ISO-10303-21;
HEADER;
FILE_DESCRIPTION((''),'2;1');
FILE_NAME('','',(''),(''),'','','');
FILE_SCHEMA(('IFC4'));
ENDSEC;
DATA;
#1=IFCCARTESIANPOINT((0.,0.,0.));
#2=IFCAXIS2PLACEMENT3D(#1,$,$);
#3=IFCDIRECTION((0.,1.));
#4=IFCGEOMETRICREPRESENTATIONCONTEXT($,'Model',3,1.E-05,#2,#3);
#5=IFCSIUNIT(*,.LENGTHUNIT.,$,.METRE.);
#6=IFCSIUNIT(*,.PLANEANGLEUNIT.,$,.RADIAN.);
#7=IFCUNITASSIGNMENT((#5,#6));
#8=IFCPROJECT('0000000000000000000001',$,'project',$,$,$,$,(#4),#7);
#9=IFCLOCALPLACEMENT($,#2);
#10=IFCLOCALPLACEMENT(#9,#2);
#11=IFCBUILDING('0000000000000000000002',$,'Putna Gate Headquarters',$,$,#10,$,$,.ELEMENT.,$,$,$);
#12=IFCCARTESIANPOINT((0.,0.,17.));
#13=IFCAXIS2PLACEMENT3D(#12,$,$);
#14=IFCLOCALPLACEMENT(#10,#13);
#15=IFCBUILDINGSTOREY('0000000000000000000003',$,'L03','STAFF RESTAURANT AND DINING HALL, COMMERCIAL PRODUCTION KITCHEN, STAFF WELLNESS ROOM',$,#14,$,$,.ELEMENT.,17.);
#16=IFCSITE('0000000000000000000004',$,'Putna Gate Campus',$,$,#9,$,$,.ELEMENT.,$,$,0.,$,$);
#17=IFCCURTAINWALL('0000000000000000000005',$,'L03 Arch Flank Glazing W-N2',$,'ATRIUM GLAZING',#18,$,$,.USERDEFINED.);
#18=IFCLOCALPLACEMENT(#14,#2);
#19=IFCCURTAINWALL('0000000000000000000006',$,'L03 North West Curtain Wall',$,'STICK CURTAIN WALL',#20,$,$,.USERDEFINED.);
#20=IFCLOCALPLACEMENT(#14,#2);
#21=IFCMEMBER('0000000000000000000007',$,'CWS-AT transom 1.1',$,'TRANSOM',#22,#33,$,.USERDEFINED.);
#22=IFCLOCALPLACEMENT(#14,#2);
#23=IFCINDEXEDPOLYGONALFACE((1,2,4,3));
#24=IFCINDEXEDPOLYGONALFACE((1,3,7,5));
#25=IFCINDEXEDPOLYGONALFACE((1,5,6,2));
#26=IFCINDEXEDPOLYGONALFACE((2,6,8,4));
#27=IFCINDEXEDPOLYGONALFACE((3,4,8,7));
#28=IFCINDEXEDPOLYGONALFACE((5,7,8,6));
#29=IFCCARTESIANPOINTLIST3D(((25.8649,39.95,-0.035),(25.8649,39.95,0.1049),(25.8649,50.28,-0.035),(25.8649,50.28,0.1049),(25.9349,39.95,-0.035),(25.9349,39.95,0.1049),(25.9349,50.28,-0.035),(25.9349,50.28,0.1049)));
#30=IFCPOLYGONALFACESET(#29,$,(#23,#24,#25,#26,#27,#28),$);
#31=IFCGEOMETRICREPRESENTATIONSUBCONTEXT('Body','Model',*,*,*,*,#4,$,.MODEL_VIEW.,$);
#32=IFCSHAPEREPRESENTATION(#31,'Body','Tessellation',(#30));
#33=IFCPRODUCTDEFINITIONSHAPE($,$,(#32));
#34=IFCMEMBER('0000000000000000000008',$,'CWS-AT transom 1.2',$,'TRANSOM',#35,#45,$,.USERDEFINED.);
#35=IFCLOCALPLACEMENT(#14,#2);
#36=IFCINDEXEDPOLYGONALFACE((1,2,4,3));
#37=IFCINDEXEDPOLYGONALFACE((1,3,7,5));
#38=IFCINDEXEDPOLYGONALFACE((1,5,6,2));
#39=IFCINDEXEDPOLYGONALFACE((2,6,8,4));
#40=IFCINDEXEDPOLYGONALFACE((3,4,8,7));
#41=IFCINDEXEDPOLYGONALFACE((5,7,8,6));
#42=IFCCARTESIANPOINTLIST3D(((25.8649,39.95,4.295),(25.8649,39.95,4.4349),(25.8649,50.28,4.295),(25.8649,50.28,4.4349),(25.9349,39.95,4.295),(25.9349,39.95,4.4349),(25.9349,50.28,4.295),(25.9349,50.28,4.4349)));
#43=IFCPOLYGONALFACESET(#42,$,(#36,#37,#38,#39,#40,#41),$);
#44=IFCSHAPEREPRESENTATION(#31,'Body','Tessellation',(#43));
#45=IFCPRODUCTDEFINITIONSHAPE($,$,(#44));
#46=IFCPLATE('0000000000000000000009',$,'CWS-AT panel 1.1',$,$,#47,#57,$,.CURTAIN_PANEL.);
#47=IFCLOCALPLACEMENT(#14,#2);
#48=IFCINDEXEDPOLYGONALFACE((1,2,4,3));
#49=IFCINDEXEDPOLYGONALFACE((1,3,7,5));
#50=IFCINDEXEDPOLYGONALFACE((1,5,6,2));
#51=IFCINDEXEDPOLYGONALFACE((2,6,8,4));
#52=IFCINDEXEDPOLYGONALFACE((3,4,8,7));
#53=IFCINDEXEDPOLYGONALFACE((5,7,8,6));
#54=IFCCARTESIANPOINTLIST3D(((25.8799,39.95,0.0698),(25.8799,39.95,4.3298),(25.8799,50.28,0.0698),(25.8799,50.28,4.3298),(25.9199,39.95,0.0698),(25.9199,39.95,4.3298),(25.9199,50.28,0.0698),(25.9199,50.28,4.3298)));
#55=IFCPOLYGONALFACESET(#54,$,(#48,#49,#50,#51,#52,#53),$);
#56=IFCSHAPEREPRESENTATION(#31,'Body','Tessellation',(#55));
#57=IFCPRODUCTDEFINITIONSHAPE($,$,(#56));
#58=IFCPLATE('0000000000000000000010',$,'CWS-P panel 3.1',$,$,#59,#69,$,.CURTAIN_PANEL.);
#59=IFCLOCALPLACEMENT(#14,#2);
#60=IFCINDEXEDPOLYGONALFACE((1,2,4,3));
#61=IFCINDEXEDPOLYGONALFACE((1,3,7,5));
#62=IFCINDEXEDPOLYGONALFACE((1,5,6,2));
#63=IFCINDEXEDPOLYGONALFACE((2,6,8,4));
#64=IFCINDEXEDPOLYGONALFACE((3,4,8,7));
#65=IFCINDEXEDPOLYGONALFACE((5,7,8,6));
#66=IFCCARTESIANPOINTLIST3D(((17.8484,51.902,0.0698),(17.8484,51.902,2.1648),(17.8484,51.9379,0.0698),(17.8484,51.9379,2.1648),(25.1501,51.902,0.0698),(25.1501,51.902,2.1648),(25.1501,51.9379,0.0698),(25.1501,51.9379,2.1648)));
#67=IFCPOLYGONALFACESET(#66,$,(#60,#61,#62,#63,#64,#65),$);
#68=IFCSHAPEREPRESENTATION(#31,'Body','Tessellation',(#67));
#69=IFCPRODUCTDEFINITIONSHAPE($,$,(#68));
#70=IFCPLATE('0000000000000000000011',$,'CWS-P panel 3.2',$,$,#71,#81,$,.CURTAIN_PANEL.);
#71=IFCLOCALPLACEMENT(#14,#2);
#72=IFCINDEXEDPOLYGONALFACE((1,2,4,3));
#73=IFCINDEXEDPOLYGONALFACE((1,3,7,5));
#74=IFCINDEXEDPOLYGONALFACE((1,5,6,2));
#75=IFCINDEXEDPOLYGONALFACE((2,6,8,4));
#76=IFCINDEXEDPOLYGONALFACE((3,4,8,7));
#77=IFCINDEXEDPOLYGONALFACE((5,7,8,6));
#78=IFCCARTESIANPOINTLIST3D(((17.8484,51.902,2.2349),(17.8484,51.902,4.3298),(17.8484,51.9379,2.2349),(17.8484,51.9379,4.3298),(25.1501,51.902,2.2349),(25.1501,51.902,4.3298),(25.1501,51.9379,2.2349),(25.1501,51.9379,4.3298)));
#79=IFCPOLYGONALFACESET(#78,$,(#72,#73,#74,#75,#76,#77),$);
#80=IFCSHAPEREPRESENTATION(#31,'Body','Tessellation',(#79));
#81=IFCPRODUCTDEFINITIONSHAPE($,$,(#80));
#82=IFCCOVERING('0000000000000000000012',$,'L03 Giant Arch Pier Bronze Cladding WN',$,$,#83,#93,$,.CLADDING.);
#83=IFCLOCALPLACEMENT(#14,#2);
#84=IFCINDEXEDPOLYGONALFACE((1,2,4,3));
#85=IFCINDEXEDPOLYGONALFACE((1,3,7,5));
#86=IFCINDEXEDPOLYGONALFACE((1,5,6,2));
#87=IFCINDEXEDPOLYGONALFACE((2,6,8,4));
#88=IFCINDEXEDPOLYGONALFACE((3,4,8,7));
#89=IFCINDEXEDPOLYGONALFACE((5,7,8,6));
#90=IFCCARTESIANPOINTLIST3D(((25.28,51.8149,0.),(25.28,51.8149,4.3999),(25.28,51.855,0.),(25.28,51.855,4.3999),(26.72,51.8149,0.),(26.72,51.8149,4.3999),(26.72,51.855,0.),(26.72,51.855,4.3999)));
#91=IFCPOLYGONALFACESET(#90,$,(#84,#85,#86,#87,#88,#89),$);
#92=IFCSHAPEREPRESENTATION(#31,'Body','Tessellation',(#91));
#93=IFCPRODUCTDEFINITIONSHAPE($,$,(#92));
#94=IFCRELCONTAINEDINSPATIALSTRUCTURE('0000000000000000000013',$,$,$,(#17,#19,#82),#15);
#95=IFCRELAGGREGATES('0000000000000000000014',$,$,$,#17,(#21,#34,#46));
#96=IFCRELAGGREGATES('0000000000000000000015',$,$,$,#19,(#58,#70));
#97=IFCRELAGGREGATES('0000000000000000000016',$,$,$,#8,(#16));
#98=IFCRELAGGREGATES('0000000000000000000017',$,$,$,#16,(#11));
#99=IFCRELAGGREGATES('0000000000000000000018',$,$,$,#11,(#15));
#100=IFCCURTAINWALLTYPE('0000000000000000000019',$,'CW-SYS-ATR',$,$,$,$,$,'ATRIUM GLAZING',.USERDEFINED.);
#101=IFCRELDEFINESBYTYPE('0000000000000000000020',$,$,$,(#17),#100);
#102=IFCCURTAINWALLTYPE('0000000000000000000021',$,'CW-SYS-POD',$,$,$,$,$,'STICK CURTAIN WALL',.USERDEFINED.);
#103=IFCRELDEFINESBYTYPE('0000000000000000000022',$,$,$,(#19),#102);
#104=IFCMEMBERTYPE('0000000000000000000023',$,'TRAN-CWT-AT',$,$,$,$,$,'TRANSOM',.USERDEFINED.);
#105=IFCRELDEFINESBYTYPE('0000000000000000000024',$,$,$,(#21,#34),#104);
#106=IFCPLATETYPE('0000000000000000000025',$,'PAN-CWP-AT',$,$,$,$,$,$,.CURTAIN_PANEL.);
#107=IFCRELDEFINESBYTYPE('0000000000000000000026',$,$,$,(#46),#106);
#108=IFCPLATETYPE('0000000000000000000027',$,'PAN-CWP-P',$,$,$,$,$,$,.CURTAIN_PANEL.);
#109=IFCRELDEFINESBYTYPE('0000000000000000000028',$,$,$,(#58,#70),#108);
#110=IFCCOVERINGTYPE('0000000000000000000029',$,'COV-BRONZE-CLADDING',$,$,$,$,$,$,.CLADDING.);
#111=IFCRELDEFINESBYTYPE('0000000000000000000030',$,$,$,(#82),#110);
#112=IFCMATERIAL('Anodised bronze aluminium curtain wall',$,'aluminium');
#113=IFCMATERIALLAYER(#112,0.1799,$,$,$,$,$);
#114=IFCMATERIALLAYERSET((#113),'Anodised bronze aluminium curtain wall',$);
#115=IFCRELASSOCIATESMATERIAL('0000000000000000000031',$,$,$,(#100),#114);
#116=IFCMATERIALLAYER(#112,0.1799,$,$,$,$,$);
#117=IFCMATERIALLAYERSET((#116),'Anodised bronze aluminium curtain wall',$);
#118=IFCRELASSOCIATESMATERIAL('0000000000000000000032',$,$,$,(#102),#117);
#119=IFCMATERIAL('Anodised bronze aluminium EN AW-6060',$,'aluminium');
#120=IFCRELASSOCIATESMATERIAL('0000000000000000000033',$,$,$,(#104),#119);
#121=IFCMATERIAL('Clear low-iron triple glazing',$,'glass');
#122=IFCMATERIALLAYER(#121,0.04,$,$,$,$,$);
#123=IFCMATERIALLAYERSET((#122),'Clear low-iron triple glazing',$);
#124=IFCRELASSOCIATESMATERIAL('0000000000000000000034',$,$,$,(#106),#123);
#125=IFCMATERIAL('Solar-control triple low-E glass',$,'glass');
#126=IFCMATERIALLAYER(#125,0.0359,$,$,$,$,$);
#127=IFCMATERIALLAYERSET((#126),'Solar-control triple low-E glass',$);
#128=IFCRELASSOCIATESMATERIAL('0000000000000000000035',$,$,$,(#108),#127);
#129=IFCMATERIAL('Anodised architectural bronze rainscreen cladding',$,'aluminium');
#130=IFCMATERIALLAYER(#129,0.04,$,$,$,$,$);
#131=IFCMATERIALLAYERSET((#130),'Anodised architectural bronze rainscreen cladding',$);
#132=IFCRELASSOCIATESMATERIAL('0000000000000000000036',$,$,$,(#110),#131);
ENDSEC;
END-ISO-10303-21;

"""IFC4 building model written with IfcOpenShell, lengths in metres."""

from ifc_helpers import new_model, si_unit, direction, frame, origin, origin_2d, place, context, subcontext, project, spatial, rectangle, extrude, material, layer, layer_set, material_profile, profile_set, type_object, element, aggregate, save


model = new_model("IFC4")

# Units and contexts
model_context = context("Model", 3, precision=1e-05, world=origin(), true_north=direction((0.0, 1.0)))
body_context = subcontext(model_context, "Body", "Model", "MODEL_VIEW")
ifc_project = project(units=[si_unit("LENGTHUNIT", "METRE"), si_unit("PLANEANGLEUNIT", "RADIAN")], contexts=[model_context])

# Site, building, storey
site_placement = place(None, origin())
site = spatial("IfcSite", under=ifc_project, at=site_placement, Name="Putna Gate Campus", CompositionType="ELEMENT", RefElevation=0.0)
building_placement = place(site_placement, origin())
building = spatial("IfcBuilding", under=site, at=building_placement, Name="Putna Gate Headquarters", CompositionType="ELEMENT")
storey_placement = place(building_placement, frame((0.0, 0.0, 17.0)))
storey = spatial("IfcBuildingStorey", under=building, at=storey_placement, Name="L03", Description="STAFF RESTAURANT AND DINING HALL, COMMERCIAL PRODUCTION KITCHEN, STAFF WELLNESS ROOM", CompositionType="ELEMENT", Elevation=17.0)

# Curtain wall
ifc_material_1 = material(Name="Anodised bronze aluminium curtain wall", Category="aluminium")
ifc_layer_1 = layer(ifc_material_1, 0.1799)
ifc_layer_set_1 = layer_set([ifc_layer_1], Name="Anodised bronze aluminium curtain wall")
curtain_wall_type_1 = type_object("IfcCurtainWallType", Name="CW-SYS-ATR", ElementType="ATRIUM GLAZING", PredefinedType="USERDEFINED", material=ifc_layer_set_1)
curtain_wall_1_placement = place(storey_placement, origin())
curtain_wall_1 = element("IfcCurtainWall", 1, at=curtain_wall_1_placement, inside=storey, type_object=curtain_wall_type_1, Name="L03 Arch Flank Glazing W-N2", ObjectType="ATRIUM GLAZING", PredefinedType="USERDEFINED")
ifc_material_2 = material(Name="Anodised bronze aluminium EN AW-6060", Category="aluminium")

# Curtain wall
ifc_layer_2 = layer(ifc_material_1, 0.1799)
ifc_layer_set_2 = layer_set([ifc_layer_2], Name="Anodised bronze aluminium curtain wall")
curtain_wall_type_2 = type_object("IfcCurtainWallType", Name="CW-SYS-POD", ElementType="STICK CURTAIN WALL", PredefinedType="USERDEFINED", material=ifc_layer_set_2)
curtain_wall_2_placement = place(storey_placement, origin())
curtain_wall_2 = element("IfcCurtainWall", 2, at=curtain_wall_2_placement, inside=storey, type_object=curtain_wall_type_2, Name="L03 North West Curtain Wall", ObjectType="STICK CURTAIN WALL", PredefinedType="USERDEFINED")

# Members
ifc_material_profile_1 = material_profile(ifc_material_2, rectangle(XDim=0.0701, YDim=0.1399, at=origin_2d()), Name="Anodised bronze aluminium EN AW-6060")
ifc_profile_set_1 = profile_set([ifc_material_profile_1], Name="Anodised bronze aluminium EN AW-6060")
member_type_1 = type_object("IfcMemberType", Name="TRAN-CWT-AT", ElementType="TRANSOM", PredefinedType="USERDEFINED", material=ifc_profile_set_1)
member_1_placement = place(storey_placement, frame((25.8999, 39.95, 0.0349), z_axis=(0.0, 1.0, 0.0), x_axis=(-1.0, 0.0, 0.0)))
member_1 = element("IfcMember", 3, at=member_1_placement, type_object=member_type_1, Name="CWS-AT transom 1.1", ObjectType="TRANSOM", PredefinedType="USERDEFINED", context=body_context, shape_type="SweptSolid", body=[
    extrude(rectangle(XDim=0.0701, YDim=0.1399, at=origin_2d()), origin(), (0.0, 0.0, 1.0), 10.3301),
])
member_2_placement = place(storey_placement, frame((25.8999, 39.95, 4.365), z_axis=(0.0, 1.0, 0.0), x_axis=(-1.0, 0.0, 0.0)))
member_2 = element("IfcMember", 4, at=member_2_placement, type_object=member_type_1, Name="CWS-AT transom 1.2", ObjectType="TRANSOM", PredefinedType="USERDEFINED", context=body_context, shape_type="SweptSolid", body=[
    extrude(rectangle(XDim=0.0701, YDim=0.1399, at=origin_2d()), origin(), (0.0, 0.0, 1.0), 10.3301),
])

# Plates
ifc_material_3 = material(Name="Clear low-iron triple glazing", Category="glass")
ifc_layer_3 = layer(ifc_material_3, 0.04)
ifc_layer_set_3 = layer_set([ifc_layer_3], Name="Clear low-iron triple glazing")
plate_type_1 = type_object("IfcPlateType", Name="PAN-CWP-AT", PredefinedType="CURTAIN_PANEL", material=ifc_layer_set_3)
plate_1_placement = place(storey_placement, frame((25.8999, 45.115, 0.0698), z_axis=(0.0, 0.0, 1.0), x_axis=(0.0, 1.0, 0.0)))
plate_1 = element("IfcPlate", 5, at=plate_1_placement, type_object=plate_type_1, Name="CWS-AT panel 1.1", PredefinedType="CURTAIN_PANEL", context=body_context, shape_type="SweptSolid", body=[
    extrude(rectangle(XDim=10.3301, YDim=0.04, at=origin_2d()), origin(), (0.0, 0.0, 1.0), 4.26),
])
aggregate(curtain_wall_1, [member_1, member_2, plate_1])
ifc_material_4 = material(Name="Solar-control triple low-E glass", Category="glass")
ifc_layer_4 = layer(ifc_material_4, 0.0359)
ifc_layer_set_4 = layer_set([ifc_layer_4], Name="Solar-control triple low-E glass")
plate_type_2 = type_object("IfcPlateType", Name="PAN-CWP-P", PredefinedType="CURTAIN_PANEL", material=ifc_layer_set_4)
plate_2_placement = place(storey_placement, frame((21.4993, 51.9199, 0.0698), z_axis=(0.0, 0.0, 1.0), x_axis=(1.0, 0.0, 0.0)))
plate_2 = element("IfcPlate", 6, at=plate_2_placement, type_object=plate_type_2, Name="CWS-P panel 3.1", PredefinedType="CURTAIN_PANEL", context=body_context, shape_type="SweptSolid", body=[
    extrude(rectangle(XDim=7.3018, YDim=0.0359, at=origin_2d()), origin(), (0.0, 0.0, 1.0), 2.095),
])
plate_3_placement = place(storey_placement, frame((21.4993, 51.9199, 2.2349), z_axis=(0.0, 0.0, 1.0), x_axis=(1.0, 0.0, 0.0)))
plate_3 = element("IfcPlate", 7, at=plate_3_placement, type_object=plate_type_2, Name="CWS-P panel 3.2", PredefinedType="CURTAIN_PANEL", context=body_context, shape_type="SweptSolid", body=[
    extrude(rectangle(XDim=7.3018, YDim=0.0359, at=origin_2d()), origin(), (0.0, 0.0, 1.0), 2.095),
])
aggregate(curtain_wall_2, [plate_2, plate_3])

# Covering
ifc_material_5 = material(Name="Anodised architectural bronze rainscreen cladding", Category="aluminium")
ifc_layer_5 = layer(ifc_material_5, 0.04)
ifc_layer_set_5 = layer_set([ifc_layer_5], Name="Anodised architectural bronze rainscreen cladding")
covering_type = type_object("IfcCoveringType", Name="COV-BRONZE-CLADDING", PredefinedType="CLADDING", material=ifc_layer_set_5)
covering_placement = place(storey_placement, frame((26.0, 51.835, 0.0), z_axis=(0.0, 0.0, 1.0), x_axis=(1.0, 0.0, 0.0)))
element("IfcCovering", 8, at=covering_placement, inside=storey, type_object=covering_type, Name="L03 Giant Arch Pier Bronze Cladding WN", PredefinedType="CLADDING", context=body_context, shape_type="SweptSolid", body=[
    extrude(rectangle(XDim=1.4399, YDim=0.04, at=origin_2d()), origin(), (0.0, 0.0, 1.0), 4.3999),
])

save(model, "model.ifc")
